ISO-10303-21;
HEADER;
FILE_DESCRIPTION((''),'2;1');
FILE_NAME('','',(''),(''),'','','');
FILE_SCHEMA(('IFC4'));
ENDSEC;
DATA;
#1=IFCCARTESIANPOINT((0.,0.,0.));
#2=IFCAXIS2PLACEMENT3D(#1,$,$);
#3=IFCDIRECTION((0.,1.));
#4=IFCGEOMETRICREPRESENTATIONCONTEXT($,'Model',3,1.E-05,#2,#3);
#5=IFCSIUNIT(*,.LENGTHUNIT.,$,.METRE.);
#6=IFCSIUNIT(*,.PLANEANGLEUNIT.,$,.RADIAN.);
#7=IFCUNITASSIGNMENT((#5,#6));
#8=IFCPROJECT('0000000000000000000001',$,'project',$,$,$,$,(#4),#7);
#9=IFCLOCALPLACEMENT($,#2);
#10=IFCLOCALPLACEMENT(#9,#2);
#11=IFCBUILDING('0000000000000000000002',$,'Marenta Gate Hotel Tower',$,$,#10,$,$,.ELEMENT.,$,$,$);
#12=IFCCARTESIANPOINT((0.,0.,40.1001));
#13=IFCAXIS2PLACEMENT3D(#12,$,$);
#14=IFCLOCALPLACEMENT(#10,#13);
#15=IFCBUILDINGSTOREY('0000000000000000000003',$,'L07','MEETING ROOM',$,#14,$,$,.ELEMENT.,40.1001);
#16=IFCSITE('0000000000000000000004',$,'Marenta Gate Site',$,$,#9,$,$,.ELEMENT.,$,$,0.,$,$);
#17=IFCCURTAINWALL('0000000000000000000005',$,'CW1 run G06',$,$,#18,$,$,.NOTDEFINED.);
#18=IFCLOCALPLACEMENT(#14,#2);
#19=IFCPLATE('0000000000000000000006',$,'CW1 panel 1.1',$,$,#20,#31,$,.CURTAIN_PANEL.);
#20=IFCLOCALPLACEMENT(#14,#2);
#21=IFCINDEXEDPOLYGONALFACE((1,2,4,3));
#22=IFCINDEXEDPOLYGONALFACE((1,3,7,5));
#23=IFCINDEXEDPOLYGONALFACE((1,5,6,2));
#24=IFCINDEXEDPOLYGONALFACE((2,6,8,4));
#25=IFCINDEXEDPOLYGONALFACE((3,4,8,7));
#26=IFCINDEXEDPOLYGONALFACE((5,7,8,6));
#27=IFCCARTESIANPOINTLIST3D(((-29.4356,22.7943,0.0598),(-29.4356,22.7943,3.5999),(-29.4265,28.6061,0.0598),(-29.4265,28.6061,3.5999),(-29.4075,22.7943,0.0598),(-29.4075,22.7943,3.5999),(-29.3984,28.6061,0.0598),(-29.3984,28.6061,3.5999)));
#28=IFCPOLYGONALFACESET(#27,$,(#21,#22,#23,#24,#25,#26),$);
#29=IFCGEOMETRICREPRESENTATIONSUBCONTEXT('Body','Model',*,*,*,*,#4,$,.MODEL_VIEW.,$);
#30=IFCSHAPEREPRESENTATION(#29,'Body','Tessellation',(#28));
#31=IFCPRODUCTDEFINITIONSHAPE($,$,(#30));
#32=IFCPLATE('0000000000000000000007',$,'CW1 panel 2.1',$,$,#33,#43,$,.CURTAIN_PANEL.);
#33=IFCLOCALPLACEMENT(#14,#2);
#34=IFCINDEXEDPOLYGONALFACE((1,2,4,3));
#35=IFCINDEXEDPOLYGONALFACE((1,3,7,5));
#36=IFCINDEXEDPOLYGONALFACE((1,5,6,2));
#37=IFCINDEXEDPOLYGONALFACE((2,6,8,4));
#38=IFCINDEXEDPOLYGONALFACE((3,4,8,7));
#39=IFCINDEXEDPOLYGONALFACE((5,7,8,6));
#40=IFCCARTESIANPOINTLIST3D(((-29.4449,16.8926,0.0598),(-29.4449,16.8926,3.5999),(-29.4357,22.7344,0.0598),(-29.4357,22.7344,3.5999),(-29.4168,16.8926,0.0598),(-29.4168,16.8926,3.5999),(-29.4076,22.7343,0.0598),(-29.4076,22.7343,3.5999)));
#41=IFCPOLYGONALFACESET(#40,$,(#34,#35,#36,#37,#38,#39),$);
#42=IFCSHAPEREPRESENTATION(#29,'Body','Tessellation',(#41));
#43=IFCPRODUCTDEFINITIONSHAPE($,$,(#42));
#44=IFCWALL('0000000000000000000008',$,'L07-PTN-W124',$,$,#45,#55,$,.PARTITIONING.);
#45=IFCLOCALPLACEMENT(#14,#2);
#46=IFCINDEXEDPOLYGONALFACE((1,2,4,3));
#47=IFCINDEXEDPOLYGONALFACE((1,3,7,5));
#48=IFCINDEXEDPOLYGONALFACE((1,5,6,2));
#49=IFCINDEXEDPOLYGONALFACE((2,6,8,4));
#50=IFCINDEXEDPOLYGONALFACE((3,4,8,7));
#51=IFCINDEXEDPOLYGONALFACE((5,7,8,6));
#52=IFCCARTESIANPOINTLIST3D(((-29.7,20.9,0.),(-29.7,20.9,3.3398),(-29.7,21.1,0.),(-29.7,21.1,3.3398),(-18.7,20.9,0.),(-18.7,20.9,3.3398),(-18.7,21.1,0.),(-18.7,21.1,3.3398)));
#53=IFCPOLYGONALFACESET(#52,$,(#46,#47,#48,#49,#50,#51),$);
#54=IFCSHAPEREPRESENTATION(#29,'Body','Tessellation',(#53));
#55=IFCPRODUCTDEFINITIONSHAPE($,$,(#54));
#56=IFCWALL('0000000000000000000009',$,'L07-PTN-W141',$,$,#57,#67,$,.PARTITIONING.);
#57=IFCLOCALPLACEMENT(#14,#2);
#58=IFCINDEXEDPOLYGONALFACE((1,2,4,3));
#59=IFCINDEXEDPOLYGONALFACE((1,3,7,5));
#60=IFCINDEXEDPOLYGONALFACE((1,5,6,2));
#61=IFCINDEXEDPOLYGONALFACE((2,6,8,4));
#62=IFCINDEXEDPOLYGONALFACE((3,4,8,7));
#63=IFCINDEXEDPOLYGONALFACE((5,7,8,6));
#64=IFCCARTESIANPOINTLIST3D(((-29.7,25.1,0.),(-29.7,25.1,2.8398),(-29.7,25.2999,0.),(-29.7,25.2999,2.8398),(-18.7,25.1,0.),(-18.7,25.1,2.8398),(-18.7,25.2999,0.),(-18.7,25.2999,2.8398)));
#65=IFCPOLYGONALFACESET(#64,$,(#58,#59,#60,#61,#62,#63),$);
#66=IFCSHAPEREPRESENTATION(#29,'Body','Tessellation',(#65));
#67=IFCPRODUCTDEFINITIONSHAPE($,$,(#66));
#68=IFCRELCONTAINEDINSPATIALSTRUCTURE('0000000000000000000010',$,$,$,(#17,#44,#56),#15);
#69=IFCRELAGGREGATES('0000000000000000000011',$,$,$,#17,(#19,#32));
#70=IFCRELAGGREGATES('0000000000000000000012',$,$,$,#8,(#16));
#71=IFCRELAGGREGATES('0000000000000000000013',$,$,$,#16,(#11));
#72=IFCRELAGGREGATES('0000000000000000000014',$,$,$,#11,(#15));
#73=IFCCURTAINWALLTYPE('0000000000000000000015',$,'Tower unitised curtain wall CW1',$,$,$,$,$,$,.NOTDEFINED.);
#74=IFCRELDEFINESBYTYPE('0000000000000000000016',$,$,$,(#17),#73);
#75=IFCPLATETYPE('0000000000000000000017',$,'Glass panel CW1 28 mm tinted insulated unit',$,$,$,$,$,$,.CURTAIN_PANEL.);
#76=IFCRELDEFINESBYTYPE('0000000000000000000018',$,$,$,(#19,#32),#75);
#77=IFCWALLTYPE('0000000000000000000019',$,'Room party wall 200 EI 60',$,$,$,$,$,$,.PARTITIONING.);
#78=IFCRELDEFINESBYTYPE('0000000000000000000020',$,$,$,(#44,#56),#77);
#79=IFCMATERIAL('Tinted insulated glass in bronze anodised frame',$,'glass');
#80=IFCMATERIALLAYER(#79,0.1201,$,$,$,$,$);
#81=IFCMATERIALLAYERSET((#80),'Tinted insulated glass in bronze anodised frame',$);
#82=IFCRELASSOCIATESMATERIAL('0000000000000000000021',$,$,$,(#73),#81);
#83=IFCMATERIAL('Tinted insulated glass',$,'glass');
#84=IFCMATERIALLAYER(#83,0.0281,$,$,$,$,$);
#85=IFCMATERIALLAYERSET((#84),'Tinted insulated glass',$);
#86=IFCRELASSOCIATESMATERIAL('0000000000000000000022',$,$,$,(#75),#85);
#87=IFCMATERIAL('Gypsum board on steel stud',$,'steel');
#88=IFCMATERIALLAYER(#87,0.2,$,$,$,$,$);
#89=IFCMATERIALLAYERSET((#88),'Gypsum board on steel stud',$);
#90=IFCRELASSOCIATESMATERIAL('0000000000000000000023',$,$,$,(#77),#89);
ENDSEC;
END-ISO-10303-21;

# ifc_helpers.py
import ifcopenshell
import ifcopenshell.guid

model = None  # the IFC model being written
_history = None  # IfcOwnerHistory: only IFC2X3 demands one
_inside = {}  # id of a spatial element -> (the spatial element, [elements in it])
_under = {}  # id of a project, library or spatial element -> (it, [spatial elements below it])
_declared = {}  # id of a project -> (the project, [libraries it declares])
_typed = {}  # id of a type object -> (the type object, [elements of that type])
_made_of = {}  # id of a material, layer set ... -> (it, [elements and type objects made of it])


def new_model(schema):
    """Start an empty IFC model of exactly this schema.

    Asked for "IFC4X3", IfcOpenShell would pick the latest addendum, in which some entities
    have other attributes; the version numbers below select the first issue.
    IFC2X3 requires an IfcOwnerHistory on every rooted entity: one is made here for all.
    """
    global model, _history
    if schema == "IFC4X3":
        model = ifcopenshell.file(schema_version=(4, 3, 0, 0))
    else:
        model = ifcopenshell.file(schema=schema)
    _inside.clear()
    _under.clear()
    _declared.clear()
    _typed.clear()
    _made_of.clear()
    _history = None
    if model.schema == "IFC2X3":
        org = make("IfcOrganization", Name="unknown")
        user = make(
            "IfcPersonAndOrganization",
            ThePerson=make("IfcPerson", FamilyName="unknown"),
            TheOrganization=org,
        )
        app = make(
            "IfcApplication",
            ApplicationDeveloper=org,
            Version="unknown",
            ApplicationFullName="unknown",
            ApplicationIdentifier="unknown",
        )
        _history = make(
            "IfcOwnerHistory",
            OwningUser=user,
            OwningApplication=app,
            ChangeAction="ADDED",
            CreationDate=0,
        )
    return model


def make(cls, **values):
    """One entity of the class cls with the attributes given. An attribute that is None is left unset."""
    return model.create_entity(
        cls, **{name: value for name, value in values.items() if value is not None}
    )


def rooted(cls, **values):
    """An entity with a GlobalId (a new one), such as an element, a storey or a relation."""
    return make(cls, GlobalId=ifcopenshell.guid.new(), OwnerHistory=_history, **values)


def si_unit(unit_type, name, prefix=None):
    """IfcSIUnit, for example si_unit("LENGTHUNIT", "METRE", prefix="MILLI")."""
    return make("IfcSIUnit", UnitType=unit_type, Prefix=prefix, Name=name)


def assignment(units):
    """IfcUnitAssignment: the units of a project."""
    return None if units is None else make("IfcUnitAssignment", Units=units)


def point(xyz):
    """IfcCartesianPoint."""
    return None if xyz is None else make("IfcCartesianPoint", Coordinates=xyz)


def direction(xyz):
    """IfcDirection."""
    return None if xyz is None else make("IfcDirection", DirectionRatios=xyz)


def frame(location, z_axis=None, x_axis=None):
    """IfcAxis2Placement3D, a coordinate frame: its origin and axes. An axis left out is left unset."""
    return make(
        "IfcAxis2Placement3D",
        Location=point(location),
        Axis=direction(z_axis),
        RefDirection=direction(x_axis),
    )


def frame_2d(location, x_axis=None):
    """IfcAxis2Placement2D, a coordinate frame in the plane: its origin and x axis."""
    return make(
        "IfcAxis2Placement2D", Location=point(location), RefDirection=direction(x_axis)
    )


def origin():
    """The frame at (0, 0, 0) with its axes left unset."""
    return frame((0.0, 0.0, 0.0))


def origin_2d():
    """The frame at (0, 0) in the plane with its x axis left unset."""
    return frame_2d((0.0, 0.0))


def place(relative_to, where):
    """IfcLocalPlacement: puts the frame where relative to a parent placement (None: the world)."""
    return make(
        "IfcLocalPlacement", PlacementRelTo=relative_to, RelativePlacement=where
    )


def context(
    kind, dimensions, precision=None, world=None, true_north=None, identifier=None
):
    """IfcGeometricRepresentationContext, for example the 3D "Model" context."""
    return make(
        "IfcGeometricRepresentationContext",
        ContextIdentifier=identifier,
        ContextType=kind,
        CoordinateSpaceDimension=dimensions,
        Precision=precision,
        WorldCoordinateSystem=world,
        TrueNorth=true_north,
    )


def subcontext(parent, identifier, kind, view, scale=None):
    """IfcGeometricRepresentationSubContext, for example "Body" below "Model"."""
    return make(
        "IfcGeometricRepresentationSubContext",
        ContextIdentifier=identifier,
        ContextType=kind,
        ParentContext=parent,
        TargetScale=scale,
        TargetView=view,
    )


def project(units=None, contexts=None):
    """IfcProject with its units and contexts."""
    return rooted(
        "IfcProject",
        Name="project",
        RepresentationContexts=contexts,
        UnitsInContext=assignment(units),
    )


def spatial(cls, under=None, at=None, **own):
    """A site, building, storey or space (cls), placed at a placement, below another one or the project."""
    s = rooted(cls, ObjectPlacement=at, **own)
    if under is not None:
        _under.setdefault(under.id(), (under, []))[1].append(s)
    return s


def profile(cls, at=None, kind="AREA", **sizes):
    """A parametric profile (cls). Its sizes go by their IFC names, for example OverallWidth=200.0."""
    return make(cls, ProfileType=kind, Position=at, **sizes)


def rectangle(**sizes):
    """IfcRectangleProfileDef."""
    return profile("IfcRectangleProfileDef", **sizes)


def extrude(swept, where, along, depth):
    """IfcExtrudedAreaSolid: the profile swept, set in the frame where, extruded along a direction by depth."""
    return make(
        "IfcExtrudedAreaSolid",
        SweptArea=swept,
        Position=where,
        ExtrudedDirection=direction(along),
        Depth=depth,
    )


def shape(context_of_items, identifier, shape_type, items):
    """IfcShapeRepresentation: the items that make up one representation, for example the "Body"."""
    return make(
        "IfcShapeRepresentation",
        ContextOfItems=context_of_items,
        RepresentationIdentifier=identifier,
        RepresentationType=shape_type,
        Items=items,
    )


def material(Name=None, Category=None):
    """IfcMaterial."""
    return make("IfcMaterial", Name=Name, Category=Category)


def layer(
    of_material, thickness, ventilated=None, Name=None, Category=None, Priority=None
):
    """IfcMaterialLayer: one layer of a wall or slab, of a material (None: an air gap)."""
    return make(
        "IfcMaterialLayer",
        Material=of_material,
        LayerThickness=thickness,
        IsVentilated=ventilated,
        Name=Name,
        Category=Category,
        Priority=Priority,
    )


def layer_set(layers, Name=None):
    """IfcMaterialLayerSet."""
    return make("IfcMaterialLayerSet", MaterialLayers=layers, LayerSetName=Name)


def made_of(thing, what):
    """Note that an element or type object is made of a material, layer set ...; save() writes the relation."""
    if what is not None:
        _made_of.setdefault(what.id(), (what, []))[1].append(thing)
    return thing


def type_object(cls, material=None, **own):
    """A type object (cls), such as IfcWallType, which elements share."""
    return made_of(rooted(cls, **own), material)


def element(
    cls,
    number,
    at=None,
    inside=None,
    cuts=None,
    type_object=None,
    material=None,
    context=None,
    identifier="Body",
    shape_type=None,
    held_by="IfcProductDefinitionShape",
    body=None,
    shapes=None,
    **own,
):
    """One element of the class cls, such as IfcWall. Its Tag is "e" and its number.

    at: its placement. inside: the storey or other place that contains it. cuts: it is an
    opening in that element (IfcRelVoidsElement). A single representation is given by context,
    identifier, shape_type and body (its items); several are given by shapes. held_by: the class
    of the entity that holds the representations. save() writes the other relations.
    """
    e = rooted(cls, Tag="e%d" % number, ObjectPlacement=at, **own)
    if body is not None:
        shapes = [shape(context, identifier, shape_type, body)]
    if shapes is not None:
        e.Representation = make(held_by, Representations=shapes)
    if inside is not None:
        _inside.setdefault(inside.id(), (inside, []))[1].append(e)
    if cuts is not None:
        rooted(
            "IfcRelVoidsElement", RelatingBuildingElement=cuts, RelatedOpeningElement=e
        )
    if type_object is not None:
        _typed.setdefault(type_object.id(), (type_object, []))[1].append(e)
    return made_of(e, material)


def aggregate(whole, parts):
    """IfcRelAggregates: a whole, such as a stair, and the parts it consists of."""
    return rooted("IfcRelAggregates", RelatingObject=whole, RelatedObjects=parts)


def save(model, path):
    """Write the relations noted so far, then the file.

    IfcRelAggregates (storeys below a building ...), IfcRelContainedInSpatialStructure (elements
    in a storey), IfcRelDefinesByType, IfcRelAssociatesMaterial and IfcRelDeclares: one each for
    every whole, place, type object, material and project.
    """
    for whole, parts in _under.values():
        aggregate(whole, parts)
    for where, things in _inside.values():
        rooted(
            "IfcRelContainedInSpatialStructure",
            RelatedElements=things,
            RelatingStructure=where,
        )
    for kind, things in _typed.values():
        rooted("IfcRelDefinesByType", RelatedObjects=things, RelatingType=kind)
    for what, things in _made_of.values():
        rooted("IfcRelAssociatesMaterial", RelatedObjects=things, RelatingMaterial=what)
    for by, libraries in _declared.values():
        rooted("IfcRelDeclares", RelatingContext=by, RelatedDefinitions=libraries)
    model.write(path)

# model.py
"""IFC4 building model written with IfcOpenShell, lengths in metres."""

from ifc_helpers import new_model, si_unit, direction, frame, frame_2d, origin, origin_2d, place, context, subcontext, project, spatial, rectangle, extrude, material, layer, layer_set, type_object, element, aggregate, save


model = new_model("IFC4")

# Units and contexts
model_context = context("Model", 3, precision=1e-05, world=origin(), true_north=direction((0.0, 1.0)))
body_context = subcontext(model_context, "Body", "Model", "MODEL_VIEW")
ifc_project = project(units=[si_unit("LENGTHUNIT", "METRE"), si_unit("PLANEANGLEUNIT", "RADIAN")], contexts=[model_context])

# Site, building, storey
site_placement = place(None, origin())
site = spatial("IfcSite", under=ifc_project, at=site_placement, Name="Marenta Gate Site", CompositionType="ELEMENT", RefElevation=0.0)
building_placement = place(site_placement, origin())
building = spatial("IfcBuilding", under=site, at=building_placement, Name="Marenta Gate Hotel Tower", CompositionType="ELEMENT")
storey_placement = place(building_placement, frame((0.0, 0.0, 40.1001)))
storey = spatial("IfcBuildingStorey", under=building, at=storey_placement, Name="L07", Description="MEETING ROOM", CompositionType="ELEMENT", Elevation=40.1001)

# Shared definitions
ifc_material_1 = material(Name="Tinted insulated glass in bronze anodised frame", Category="glass")
ifc_layer_1 = layer(ifc_material_1, 0.1201)
ifc_layer_set_1 = layer_set([ifc_layer_1], Name="Tinted insulated glass in bronze anodised frame")
curtain_wall_type = type_object("IfcCurtainWallType", Name="Tower unitised curtain wall CW1", PredefinedType="NOTDEFINED", material=ifc_layer_set_1)

# Curtain wall
curtain_wall_1_placement = place(storey_placement, origin())
curtain_wall_1 = element("IfcCurtainWall", 1, at=curtain_wall_1_placement, inside=storey, type_object=curtain_wall_type, Name="CW1 run G06", PredefinedType="NOTDEFINED")

# Shared definitions
ifc_material_2 = material(Name="Tinted insulated glass", Category="glass")
ifc_layer_2 = layer(ifc_material_2, 0.0281)
ifc_layer_set_2 = layer_set([ifc_layer_2], Name="Tinted insulated glass")
plate_type = type_object("IfcPlateType", Name="Glass panel CW1 28 mm tinted insulated unit", PredefinedType="CURTAIN_PANEL", material=ifc_layer_set_2)

# Plates
plate_1_placement = place(storey_placement, frame((-29.417, 25.7002, 0.0598), z_axis=(0.0, 0.0, 1.0), x_axis=(-0.00157, -0.999999, 0.0)))
plate_1 = element("IfcPlate", 2, at=plate_1_placement, type_object=plate_type, Name="CW1 panel 1.1", PredefinedType="CURTAIN_PANEL", context=body_context, shape_type="SweptSolid", body=[
    extrude(rectangle(XDim=5.8118, YDim=0.0281, at=origin_2d()), origin(), (0.0, 0.0, 1.0), 3.54),
])
plate_2_placement = place(storey_placement, frame((-29.4263, 19.8135, 0.0598), z_axis=(0.0, 0.0, 1.0), x_axis=(-0.00157, -0.999999, 0.0)))
plate_2 = element("IfcPlate", 3, at=plate_2_placement, type_object=plate_type, Name="CW1 panel 2.1", PredefinedType="CURTAIN_PANEL", context=body_context, shape_type="SweptSolid", body=[
    extrude(rectangle(XDim=5.8418, YDim=0.0281, at=origin_2d()), origin(), (0.0, 0.0, 1.0), 3.54),
])
aggregate(curtain_wall_1, [plate_1, plate_2])

# Walls
ifc_material_3 = material(Name="Gypsum board on steel stud", Category="steel")
ifc_layer_3 = layer(ifc_material_3, 0.2)
ifc_layer_set_3 = layer_set([ifc_layer_3], Name="Gypsum board on steel stud")
wall_type = type_object("IfcWallType", Name="Room party wall 200 EI 60", PredefinedType="PARTITIONING", material=ifc_layer_set_3)
wall_1_placement = place(storey_placement, frame((-29.7, 21.0, 0.0), z_axis=(0.0, 0.0, 1.0), x_axis=(1.0, 0.0, 0.0)))
element("IfcWall", 4, at=wall_1_placement, inside=storey, type_object=wall_type, Name="L07-PTN-W124", PredefinedType="PARTITIONING", context=body_context, shape_type="SweptSolid", body=[
    extrude(rectangle(XDim=11.0, YDim=0.2, at=frame_2d((5.5, 0.0))), origin(), (0.0, 0.0, 1.0), 3.3398),
])
wall_2_placement = place(storey_placement, frame((-29.7, 25.2, 0.0), z_axis=(0.0, 0.0, 1.0), x_axis=(1.0, 0.0, 0.0)))
element("IfcWall", 5, at=wall_2_placement, inside=storey, type_object=wall_type, Name="L07-PTN-W141", PredefinedType="PARTITIONING", context=body_context, shape_type="SweptSolid", body=[
    extrude(rectangle(XDim=11.0, YDim=0.2, at=frame_2d((5.5, 0.0))), origin(), (0.0, 0.0, 1.0), 2.8398),
])

save(model, "model.ifc")
